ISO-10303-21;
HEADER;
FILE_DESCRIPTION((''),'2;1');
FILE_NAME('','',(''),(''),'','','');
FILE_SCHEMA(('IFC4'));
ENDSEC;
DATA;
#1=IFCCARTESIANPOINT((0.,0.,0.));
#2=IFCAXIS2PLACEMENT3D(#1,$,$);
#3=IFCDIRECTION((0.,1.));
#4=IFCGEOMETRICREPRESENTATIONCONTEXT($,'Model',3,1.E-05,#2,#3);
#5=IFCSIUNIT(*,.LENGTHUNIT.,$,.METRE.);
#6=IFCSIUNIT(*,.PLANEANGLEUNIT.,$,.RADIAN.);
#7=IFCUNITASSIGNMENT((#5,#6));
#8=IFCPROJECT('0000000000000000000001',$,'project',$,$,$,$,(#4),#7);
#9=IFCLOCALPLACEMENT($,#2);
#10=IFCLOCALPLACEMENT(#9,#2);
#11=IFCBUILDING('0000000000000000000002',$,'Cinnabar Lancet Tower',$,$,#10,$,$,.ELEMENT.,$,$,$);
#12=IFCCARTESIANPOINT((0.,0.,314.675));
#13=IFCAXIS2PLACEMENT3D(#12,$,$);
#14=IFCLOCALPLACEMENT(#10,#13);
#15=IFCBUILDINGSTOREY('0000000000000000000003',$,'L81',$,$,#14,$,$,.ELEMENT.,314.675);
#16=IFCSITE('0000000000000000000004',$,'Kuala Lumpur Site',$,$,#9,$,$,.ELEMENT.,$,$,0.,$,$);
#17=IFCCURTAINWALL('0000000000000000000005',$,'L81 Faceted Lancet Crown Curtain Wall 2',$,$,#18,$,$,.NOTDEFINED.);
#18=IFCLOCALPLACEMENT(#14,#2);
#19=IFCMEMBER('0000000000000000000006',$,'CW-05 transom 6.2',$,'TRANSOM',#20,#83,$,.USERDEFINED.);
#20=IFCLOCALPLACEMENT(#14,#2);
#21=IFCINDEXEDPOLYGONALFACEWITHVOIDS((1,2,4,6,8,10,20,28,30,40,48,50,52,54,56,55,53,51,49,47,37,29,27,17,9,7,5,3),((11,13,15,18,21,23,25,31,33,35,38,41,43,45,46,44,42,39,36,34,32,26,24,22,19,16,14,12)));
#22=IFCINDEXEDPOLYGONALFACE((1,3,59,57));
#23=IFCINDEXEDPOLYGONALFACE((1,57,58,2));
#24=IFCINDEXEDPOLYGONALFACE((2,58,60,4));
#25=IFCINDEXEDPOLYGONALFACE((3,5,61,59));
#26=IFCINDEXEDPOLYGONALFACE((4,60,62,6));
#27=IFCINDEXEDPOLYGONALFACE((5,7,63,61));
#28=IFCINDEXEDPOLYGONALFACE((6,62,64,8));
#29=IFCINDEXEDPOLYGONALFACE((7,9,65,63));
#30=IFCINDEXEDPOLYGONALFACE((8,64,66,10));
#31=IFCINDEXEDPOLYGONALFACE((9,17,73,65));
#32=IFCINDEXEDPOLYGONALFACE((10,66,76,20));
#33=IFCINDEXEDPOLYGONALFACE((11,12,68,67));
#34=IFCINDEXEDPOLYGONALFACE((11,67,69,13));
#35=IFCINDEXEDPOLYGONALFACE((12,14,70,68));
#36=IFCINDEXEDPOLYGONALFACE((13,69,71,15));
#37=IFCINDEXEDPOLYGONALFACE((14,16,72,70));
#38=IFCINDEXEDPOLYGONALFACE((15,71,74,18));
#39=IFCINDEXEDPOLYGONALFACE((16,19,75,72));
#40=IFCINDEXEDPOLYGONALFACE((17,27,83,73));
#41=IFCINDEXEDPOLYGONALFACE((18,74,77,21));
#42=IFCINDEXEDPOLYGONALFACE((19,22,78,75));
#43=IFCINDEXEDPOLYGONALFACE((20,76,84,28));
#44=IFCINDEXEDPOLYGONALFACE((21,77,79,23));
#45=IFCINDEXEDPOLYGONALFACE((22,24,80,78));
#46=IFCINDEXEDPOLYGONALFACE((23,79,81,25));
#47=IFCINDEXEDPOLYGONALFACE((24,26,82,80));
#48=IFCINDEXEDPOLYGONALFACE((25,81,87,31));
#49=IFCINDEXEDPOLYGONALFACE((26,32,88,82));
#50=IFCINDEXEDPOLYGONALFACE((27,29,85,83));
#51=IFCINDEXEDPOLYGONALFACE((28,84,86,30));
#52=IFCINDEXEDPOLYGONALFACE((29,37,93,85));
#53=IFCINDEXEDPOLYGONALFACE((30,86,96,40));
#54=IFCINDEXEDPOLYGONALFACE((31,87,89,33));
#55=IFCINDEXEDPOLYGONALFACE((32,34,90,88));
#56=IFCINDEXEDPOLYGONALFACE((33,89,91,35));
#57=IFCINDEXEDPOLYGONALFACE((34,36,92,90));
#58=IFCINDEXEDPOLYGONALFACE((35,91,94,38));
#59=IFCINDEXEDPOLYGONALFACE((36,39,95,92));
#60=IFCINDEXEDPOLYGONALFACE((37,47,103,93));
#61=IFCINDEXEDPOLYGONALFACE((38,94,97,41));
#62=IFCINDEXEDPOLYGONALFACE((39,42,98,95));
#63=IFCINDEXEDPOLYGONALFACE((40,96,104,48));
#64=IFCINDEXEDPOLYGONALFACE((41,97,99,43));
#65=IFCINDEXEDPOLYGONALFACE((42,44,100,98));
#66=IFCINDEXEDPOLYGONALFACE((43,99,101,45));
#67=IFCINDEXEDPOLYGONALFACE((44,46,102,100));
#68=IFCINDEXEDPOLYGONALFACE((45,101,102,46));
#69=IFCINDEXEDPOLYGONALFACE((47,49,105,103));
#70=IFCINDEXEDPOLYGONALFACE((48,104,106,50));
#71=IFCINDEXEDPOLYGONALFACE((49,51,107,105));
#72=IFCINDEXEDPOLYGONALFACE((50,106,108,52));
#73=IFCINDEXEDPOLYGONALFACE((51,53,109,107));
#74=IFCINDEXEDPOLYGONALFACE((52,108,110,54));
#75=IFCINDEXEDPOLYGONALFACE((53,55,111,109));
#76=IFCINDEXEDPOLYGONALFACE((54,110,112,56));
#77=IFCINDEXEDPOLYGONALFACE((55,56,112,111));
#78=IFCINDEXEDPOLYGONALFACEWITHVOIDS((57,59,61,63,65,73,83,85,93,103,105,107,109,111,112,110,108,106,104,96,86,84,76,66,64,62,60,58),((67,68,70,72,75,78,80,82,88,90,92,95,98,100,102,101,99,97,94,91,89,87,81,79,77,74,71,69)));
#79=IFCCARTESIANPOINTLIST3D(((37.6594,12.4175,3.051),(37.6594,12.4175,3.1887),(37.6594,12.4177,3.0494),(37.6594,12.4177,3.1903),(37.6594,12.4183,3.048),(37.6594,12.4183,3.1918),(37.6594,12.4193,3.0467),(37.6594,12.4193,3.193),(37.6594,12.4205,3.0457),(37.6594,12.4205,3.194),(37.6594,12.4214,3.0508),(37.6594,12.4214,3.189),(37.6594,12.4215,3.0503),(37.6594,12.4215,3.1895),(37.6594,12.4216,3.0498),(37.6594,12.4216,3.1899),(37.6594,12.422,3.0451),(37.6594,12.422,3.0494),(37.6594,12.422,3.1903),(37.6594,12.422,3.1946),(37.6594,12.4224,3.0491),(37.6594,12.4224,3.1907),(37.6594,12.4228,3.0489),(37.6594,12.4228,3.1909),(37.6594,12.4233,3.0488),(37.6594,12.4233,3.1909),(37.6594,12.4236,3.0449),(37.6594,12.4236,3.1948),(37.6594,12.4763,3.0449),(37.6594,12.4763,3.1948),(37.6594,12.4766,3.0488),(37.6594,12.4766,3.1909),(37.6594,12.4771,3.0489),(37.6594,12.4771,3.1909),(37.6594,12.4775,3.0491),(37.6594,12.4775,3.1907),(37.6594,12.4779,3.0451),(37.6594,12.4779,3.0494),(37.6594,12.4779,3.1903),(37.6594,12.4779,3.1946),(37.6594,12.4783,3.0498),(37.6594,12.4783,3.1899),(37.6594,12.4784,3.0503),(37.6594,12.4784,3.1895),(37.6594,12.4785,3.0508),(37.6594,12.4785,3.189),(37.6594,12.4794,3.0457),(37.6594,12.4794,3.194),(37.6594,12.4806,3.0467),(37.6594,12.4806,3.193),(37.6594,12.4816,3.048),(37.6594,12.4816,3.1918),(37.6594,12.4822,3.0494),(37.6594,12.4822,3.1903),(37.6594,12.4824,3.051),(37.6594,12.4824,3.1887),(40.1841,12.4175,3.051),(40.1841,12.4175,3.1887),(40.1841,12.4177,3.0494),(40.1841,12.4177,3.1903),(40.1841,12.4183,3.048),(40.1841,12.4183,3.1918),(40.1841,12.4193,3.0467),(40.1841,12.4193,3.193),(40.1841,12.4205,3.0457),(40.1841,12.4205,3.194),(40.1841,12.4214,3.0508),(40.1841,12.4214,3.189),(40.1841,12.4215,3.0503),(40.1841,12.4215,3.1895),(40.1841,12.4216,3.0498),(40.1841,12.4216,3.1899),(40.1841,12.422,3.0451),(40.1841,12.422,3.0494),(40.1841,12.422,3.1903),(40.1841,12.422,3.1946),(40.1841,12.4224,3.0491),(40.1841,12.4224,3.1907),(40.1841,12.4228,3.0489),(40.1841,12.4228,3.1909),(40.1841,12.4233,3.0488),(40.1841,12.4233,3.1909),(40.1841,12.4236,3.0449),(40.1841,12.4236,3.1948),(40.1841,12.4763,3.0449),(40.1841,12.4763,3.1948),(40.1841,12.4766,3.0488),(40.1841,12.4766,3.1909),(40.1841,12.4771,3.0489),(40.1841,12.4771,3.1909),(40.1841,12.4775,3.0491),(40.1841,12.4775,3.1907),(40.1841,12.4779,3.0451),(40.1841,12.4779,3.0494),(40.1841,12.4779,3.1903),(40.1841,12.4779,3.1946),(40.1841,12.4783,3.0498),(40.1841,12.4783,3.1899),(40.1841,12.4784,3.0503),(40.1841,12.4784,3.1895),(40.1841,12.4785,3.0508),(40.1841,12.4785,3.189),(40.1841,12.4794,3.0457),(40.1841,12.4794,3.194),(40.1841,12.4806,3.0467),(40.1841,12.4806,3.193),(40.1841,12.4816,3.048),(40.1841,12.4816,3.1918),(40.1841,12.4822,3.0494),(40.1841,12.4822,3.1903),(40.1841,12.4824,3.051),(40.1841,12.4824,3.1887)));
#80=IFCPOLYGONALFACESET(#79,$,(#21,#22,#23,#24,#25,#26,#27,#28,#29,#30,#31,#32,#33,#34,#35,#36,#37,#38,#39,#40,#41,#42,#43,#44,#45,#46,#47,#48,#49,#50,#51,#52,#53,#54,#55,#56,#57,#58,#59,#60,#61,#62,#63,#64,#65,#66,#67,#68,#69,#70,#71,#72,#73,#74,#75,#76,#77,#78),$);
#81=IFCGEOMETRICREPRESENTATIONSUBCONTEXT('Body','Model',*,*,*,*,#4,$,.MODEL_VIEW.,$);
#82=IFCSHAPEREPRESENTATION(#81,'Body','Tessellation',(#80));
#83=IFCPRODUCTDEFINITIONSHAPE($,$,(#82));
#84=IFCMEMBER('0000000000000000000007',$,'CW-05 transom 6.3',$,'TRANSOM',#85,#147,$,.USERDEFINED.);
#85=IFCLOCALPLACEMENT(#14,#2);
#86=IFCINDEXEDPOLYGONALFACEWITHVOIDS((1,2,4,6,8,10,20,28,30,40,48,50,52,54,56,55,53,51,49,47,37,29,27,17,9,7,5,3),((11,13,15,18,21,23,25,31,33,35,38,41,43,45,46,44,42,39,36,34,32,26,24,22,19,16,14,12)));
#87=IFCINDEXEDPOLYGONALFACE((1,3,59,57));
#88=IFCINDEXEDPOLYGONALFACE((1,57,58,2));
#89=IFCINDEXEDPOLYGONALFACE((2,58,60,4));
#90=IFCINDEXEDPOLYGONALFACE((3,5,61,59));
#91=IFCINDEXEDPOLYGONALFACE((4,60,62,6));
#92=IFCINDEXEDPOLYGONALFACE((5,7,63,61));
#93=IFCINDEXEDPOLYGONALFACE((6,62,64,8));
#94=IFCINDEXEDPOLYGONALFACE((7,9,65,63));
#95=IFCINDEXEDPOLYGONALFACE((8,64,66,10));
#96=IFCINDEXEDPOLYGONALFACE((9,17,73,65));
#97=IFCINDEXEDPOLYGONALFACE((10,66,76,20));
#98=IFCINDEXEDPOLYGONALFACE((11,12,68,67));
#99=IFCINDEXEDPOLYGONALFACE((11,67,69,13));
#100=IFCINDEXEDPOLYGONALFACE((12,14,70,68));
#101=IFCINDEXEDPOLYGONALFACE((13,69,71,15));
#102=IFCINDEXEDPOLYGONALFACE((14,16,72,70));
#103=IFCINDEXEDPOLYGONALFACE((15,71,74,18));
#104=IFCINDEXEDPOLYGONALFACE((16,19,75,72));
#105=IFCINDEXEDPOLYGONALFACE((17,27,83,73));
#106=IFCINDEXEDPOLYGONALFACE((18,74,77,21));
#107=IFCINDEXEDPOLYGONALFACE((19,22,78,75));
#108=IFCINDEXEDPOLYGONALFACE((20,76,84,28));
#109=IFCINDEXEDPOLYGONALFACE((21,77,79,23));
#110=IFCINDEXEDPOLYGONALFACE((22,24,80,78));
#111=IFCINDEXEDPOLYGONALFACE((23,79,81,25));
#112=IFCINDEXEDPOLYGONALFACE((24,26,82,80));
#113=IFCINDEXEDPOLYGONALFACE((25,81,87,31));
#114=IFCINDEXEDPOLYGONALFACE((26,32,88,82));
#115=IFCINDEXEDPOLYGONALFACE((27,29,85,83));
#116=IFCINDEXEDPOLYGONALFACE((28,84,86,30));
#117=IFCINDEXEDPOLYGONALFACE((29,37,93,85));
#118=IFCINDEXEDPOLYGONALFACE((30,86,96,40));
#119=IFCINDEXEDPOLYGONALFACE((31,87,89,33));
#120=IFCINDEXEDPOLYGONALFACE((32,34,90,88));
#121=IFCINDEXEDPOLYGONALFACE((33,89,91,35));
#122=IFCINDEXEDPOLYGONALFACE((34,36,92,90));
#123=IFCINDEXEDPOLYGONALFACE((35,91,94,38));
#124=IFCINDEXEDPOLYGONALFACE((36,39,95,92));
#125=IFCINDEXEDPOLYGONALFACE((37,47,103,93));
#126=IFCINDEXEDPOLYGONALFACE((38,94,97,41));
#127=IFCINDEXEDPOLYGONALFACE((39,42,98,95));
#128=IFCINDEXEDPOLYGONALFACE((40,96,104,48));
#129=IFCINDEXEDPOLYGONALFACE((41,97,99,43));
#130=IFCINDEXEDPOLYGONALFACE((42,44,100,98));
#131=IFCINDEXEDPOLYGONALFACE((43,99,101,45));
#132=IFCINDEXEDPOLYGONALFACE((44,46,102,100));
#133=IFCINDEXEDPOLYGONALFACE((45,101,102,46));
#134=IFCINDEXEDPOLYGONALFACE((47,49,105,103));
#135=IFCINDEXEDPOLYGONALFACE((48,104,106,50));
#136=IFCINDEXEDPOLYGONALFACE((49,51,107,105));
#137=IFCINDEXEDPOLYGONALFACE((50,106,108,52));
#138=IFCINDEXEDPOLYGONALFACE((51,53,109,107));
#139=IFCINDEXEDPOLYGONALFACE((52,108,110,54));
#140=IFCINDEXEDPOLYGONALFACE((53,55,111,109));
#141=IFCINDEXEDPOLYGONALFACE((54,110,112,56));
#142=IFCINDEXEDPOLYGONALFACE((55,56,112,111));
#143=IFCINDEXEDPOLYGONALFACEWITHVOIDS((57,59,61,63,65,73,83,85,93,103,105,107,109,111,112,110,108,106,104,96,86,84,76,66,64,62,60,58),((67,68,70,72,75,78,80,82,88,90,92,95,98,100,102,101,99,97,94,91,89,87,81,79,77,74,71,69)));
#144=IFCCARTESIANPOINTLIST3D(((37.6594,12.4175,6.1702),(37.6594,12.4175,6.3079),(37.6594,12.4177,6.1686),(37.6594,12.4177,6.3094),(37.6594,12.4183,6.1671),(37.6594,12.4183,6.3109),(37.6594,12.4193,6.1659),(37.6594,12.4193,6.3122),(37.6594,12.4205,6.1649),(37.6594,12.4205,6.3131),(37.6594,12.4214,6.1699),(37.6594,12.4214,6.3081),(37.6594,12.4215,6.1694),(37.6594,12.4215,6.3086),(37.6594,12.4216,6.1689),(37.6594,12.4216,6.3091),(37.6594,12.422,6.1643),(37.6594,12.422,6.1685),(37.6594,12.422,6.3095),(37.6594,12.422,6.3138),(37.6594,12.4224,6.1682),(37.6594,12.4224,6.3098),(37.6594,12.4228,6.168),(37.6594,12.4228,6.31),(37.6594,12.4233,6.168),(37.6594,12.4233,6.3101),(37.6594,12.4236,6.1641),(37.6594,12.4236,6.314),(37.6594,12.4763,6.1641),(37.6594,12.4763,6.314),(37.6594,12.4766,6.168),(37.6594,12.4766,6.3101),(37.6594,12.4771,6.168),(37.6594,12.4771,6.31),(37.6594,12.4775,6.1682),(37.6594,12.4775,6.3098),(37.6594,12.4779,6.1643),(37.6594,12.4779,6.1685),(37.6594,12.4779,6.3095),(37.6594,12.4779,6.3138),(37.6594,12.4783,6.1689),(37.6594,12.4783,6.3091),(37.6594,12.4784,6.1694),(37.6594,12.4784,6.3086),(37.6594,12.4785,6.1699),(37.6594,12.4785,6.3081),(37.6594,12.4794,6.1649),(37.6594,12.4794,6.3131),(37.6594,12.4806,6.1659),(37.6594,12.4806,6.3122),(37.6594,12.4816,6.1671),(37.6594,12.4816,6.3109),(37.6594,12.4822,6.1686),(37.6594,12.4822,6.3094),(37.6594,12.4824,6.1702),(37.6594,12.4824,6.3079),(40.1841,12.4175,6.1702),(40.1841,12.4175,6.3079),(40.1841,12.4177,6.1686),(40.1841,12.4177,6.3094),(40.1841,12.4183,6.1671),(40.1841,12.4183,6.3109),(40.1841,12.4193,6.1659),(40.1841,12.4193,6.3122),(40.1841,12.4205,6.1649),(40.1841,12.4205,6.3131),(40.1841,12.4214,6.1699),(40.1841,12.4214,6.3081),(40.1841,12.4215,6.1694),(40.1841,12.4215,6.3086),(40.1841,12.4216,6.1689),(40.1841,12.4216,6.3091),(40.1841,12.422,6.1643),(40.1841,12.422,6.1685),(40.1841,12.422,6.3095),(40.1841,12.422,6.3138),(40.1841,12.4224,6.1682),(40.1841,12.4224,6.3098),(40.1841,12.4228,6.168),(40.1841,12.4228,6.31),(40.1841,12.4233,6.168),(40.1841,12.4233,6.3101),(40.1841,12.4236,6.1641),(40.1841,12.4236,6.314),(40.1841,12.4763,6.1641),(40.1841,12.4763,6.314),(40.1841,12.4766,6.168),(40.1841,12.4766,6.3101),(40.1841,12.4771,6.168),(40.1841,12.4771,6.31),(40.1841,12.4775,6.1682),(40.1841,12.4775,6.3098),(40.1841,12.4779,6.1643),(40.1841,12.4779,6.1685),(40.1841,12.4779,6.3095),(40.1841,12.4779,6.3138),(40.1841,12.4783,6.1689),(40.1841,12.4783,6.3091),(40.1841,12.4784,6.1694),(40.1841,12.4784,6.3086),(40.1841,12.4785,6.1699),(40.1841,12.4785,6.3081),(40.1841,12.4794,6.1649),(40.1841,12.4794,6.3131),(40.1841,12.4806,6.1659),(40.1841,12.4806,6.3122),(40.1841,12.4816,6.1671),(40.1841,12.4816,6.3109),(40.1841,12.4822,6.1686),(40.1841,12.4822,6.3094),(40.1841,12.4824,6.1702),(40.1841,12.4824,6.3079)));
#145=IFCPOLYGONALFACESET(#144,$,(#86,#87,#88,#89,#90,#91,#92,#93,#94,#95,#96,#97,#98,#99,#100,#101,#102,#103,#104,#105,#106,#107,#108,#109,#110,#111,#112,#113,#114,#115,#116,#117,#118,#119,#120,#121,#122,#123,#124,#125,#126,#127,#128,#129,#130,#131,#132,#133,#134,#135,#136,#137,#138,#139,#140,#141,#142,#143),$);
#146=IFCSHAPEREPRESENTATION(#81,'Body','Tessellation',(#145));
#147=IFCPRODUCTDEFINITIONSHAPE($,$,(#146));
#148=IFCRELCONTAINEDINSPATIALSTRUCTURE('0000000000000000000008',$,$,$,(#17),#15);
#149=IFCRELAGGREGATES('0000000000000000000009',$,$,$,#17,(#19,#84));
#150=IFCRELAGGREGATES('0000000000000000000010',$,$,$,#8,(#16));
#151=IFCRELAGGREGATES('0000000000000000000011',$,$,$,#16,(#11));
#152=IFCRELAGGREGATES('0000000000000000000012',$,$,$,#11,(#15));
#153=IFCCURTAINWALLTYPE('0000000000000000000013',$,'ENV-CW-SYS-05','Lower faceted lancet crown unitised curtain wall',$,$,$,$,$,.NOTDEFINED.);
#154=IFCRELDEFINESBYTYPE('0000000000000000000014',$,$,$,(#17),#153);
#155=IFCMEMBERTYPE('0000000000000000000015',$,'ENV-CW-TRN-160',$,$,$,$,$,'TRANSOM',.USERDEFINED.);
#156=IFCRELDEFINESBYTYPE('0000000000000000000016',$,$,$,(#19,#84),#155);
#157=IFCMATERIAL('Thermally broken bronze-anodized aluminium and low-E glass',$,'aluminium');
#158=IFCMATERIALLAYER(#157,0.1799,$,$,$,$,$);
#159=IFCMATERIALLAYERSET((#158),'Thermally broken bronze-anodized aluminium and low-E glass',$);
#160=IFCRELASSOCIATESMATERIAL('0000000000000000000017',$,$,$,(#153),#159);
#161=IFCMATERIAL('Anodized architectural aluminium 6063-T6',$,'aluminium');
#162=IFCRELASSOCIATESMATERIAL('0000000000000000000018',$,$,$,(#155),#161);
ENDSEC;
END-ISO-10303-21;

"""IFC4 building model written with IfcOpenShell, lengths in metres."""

from ifc_helpers import new_model, si_unit, direction, frame, origin, origin_2d, place, context, subcontext, project, spatial, hollow_rectangle, extrude, material, layer, layer_set, material_profile, profile_set, type_object, element, aggregate, save


model = new_model("IFC4")

# Units and contexts
model_context = context("Model", 3, precision=1e-05, world=origin(), true_north=direction((0.0, 1.0)))
body_context = subcontext(model_context, "Body", "Model", "MODEL_VIEW")
ifc_project = project(units=[si_unit("LENGTHUNIT", "METRE"), si_unit("PLANEANGLEUNIT", "RADIAN")], contexts=[model_context])

# Site, building, storey
site_placement = place(None, origin())
site = spatial("IfcSite", under=ifc_project, at=site_placement, Name="Kuala Lumpur Site", CompositionType="ELEMENT", RefElevation=0.0)
building_placement = place(site_placement, origin())
building = spatial("IfcBuilding", under=site, at=building_placement, Name="Cinnabar Lancet Tower", CompositionType="ELEMENT")
storey_placement = place(building_placement, frame((0.0, 0.0, 314.675)))
storey = spatial("IfcBuildingStorey", under=building, at=storey_placement, Name="L81", CompositionType="ELEMENT", Elevation=314.675)

# Curtain wall
ifc_material_1 = material(Name="Thermally broken bronze-anodized aluminium and low-E glass", Category="aluminium")
ifc_layer_1 = layer(ifc_material_1, 0.1799)
ifc_layer_set_1 = layer_set([ifc_layer_1], Name="Thermally broken bronze-anodized aluminium and low-E glass")
curtain_wall_type = type_object("IfcCurtainWallType", Name="ENV-CW-SYS-05", Description="Lower faceted lancet crown unitised curtain wall", PredefinedType="NOTDEFINED", material=ifc_layer_set_1)
curtain_wall_1_placement = place(storey_placement, origin())
curtain_wall_1 = element("IfcCurtainWall", 1, at=curtain_wall_1_placement, inside=storey, type_object=curtain_wall_type, Name="L81 Faceted Lancet Crown Curtain Wall 2", PredefinedType="NOTDEFINED")

# Members
ifc_material_2 = material(Name="Anodized architectural aluminium 6063-T6", Category="aluminium")
ifc_material_profile_1 = material_profile(ifc_material_2, hollow_rectangle(XDim=0.0649, YDim=0.1499, WallThickness=0.0039, InnerFilletRadius=0.002, OuterFilletRadius=0.0061, at=origin_2d()), Name="CW-TRN 150x65x4")
ifc_profile_set_1 = profile_set([ifc_material_profile_1], Name="Anodized architectural aluminium 6063-T6")
member_type_1 = type_object("IfcMemberType", Name="ENV-CW-TRN-160", ElementType="TRANSOM", PredefinedType="USERDEFINED", material=ifc_profile_set_1)
member_1_placement = place(storey_placement, frame((37.6594, 12.45, 3.1199), z_axis=(1.0, 0.0, 0.0), x_axis=(0.0, 1.0, 0.0)))
member_1 = element("IfcMember", 2, at=member_1_placement, type_object=member_type_1, Name="CW-05 transom 6.2", ObjectType="TRANSOM", PredefinedType="USERDEFINED", context=body_context, shape_type="SweptSolid", body=[
    extrude(hollow_rectangle(XDim=0.0649, YDim=0.1499, WallThickness=0.0039, InnerFilletRadius=0.002, OuterFilletRadius=0.0061, at=origin_2d()), origin(), (0.0, 0.0, 1.0), 2.5247),
])
member_2_placement = place(storey_placement, frame((37.6594, 12.45, 6.239), z_axis=(1.0, 0.0, 0.0), x_axis=(0.0, 1.0, 0.0)))
member_2 = element("IfcMember", 3, at=member_2_placement, type_object=member_type_1, Name="CW-05 transom 6.3", ObjectType="TRANSOM", PredefinedType="USERDEFINED", context=body_context, shape_type="SweptSolid", body=[
    extrude(hollow_rectangle(XDim=0.0649, YDim=0.1499, WallThickness=0.0039, InnerFilletRadius=0.002, OuterFilletRadius=0.0061, at=origin_2d()), origin(), (0.0, 0.0, 1.0), 2.5247),
])

aggregate(curtain_wall_1, [member_1, member_2])

save(model, "model.ifc")
